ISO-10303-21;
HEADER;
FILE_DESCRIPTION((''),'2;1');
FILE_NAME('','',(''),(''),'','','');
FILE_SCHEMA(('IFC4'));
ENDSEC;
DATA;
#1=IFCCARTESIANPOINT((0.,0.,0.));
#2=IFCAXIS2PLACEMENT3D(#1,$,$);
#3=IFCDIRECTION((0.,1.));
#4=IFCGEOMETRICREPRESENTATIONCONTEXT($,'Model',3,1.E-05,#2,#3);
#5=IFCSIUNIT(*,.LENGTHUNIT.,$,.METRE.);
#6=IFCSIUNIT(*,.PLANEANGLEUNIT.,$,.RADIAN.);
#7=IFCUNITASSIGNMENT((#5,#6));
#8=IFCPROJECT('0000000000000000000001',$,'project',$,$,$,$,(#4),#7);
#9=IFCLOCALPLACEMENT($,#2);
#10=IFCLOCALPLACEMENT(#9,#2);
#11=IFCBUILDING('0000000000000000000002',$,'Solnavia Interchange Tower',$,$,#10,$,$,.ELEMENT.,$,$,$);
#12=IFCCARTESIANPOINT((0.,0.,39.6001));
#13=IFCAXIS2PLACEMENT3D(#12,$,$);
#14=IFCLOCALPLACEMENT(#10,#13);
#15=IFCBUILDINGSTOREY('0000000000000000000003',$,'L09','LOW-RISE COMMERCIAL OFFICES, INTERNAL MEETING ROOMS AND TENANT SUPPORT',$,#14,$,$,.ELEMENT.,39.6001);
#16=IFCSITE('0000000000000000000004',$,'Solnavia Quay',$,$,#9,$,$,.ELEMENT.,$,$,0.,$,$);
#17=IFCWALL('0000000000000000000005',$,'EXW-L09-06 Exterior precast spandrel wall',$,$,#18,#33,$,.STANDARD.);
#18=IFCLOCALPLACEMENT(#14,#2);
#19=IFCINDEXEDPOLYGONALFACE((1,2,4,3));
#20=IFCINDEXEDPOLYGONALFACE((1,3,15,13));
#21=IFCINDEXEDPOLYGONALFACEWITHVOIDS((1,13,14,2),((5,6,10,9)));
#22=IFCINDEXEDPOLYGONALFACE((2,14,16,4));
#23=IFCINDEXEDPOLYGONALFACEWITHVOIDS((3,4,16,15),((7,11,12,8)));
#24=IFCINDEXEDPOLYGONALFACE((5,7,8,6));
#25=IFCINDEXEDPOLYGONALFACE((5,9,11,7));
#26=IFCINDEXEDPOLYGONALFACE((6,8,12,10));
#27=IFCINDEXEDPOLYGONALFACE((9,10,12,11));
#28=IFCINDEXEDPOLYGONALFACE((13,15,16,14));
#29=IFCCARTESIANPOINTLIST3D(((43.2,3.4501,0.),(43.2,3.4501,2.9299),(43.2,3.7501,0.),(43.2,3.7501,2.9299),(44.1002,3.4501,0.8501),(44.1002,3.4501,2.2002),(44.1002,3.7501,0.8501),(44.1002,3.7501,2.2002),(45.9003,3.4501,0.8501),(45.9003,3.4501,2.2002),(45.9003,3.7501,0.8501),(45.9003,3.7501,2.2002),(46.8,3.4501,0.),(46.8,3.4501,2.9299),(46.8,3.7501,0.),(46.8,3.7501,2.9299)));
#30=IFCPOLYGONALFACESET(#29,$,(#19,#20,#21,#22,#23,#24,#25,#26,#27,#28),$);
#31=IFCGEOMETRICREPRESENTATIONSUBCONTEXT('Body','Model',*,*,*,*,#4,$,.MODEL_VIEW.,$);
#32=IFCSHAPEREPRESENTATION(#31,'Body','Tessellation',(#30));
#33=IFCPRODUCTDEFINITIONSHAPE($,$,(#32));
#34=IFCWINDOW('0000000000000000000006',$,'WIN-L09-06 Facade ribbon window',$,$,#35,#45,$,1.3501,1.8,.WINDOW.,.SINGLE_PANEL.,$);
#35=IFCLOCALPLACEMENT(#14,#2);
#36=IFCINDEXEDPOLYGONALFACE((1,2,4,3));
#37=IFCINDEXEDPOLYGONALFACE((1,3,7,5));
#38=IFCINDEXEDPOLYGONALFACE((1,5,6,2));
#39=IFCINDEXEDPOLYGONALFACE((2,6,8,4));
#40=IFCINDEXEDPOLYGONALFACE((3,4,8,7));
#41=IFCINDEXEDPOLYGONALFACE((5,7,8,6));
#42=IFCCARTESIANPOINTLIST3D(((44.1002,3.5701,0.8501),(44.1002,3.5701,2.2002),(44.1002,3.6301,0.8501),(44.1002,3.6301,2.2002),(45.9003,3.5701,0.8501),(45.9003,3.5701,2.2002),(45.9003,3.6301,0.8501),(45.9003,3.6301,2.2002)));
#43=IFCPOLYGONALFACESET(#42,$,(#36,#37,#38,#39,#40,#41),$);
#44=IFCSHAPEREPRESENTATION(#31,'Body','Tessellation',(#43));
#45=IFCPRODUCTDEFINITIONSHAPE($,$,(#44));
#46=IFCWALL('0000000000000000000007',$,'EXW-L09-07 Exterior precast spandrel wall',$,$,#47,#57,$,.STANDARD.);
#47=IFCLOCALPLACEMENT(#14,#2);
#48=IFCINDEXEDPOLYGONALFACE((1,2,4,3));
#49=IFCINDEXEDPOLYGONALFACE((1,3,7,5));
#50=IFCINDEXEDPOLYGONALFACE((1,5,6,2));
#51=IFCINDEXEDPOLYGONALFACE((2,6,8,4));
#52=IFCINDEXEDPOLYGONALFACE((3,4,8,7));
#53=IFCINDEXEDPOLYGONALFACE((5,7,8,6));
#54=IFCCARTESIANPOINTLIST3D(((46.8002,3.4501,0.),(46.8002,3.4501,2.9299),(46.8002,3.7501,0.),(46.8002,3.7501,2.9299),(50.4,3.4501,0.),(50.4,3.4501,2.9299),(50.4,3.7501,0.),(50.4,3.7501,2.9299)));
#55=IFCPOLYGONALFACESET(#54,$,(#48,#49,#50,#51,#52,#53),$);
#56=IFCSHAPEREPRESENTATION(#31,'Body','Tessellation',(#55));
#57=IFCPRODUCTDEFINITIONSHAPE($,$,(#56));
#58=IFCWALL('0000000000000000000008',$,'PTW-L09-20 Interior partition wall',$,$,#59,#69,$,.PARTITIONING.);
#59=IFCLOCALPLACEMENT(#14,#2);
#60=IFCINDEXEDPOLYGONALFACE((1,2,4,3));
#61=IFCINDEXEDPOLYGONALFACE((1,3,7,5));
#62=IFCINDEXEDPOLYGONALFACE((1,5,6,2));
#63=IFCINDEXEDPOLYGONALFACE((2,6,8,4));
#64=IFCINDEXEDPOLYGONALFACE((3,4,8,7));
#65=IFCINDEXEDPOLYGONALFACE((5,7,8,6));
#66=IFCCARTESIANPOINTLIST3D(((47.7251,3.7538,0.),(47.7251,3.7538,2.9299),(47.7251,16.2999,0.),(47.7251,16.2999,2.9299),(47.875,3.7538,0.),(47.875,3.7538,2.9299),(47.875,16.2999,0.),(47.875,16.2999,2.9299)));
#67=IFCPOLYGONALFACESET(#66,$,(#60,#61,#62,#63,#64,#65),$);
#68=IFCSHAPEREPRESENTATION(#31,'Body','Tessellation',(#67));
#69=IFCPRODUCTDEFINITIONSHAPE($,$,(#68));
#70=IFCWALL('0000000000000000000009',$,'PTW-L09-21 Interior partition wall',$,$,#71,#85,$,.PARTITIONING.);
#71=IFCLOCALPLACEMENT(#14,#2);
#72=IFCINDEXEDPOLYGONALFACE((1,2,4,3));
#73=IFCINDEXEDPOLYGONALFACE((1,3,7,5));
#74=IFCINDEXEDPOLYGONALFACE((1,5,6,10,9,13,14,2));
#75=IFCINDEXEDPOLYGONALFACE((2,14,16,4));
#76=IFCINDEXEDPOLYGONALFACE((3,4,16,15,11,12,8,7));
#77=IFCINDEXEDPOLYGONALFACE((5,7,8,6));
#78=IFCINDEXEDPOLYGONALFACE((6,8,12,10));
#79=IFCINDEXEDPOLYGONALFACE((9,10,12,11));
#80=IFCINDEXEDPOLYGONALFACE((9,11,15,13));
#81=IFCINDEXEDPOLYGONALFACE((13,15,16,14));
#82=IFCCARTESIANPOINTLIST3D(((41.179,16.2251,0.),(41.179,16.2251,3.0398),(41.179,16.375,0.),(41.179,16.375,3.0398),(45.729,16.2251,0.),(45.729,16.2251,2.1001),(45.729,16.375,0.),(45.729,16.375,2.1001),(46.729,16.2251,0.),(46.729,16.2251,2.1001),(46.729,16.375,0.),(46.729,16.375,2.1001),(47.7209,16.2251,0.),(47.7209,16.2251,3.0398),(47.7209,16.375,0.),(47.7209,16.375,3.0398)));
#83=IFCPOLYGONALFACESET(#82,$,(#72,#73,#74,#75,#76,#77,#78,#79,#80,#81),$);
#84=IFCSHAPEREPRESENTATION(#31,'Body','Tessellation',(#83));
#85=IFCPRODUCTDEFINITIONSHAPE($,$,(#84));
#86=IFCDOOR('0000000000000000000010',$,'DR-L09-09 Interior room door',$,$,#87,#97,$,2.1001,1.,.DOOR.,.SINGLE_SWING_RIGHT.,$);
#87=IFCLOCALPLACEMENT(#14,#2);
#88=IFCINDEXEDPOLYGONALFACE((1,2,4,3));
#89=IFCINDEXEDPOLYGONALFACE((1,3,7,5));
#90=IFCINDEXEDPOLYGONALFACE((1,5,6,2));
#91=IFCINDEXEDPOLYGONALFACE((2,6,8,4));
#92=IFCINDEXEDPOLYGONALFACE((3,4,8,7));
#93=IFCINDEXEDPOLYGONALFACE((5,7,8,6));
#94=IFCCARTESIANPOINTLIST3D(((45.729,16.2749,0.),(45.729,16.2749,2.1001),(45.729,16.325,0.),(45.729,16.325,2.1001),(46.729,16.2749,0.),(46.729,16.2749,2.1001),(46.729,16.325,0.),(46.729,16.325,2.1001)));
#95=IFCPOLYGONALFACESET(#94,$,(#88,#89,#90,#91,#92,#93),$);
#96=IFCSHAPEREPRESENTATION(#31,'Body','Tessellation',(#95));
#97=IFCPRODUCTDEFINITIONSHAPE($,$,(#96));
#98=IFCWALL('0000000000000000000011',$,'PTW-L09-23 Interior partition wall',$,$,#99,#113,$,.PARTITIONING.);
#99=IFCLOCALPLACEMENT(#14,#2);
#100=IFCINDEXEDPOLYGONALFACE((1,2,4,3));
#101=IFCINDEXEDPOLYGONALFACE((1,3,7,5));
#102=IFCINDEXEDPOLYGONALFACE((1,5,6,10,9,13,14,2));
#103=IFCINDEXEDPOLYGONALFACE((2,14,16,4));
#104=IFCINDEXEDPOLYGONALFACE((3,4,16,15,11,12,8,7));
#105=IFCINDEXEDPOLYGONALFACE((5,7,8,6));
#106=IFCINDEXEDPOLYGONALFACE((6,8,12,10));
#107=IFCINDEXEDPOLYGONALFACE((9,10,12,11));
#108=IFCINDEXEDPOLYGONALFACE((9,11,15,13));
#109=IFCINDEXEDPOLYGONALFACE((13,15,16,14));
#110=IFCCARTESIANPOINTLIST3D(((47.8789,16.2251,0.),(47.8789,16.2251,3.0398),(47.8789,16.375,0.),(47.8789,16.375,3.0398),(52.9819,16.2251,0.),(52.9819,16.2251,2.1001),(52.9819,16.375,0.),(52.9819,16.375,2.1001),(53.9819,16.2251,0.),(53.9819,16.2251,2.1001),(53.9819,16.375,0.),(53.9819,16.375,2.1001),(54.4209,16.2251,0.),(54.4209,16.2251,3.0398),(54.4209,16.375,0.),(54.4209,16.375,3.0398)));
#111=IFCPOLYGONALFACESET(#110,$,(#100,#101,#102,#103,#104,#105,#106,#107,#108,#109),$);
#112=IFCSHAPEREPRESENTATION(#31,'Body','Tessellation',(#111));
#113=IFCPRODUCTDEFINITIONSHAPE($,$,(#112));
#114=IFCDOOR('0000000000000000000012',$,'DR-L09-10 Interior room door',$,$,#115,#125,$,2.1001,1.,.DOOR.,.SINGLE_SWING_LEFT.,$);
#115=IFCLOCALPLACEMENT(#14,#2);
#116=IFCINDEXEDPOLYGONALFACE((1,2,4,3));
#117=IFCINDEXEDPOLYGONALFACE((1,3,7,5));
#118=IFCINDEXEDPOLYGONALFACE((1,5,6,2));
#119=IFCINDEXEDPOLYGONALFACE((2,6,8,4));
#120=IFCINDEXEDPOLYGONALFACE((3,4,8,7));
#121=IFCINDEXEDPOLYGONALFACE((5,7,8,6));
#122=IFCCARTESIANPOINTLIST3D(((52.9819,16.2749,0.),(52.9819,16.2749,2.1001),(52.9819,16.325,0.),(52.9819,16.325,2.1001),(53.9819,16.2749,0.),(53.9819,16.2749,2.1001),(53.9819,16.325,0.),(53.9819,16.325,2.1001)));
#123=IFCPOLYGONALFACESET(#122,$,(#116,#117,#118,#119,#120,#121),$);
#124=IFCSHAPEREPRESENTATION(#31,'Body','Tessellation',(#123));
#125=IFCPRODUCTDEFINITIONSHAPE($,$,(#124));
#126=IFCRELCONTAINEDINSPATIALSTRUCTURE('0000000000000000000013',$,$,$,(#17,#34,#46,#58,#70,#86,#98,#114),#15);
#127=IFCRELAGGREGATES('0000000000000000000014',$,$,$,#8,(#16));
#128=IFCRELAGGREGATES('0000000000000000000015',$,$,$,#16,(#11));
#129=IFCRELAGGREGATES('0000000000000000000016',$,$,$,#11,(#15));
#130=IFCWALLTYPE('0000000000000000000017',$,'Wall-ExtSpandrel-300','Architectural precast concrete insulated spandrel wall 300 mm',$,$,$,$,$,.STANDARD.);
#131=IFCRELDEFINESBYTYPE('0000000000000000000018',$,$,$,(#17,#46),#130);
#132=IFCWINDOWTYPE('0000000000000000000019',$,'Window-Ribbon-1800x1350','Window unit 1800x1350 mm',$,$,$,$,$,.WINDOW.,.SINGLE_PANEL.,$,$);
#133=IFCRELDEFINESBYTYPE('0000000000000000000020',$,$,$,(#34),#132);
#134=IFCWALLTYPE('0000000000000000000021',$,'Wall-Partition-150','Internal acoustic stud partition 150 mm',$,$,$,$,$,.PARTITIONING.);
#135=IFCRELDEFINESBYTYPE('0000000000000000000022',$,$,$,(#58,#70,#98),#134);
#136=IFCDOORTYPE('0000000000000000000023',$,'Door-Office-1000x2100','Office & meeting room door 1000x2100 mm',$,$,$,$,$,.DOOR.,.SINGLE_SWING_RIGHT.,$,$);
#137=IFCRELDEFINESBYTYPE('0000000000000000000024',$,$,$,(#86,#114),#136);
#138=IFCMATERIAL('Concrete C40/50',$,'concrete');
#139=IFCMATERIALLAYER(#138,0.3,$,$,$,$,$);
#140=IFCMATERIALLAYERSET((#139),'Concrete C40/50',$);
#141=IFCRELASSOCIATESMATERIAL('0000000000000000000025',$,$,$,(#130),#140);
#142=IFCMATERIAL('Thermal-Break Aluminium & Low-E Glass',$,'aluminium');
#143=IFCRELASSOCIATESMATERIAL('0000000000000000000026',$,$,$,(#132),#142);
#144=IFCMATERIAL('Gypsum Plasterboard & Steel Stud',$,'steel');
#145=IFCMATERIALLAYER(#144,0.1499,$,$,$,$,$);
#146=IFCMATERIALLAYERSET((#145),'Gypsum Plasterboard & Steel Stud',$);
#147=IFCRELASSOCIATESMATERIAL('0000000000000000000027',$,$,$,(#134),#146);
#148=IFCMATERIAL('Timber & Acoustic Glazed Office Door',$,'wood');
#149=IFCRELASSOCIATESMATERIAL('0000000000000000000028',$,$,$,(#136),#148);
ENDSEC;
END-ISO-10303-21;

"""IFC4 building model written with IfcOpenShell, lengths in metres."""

from ifc_helpers import new_model, si_unit, direction, frame, frame_2d, origin, place, context, subcontext, project, spatial, rectangle, extrude, material, layer, layer_set, type_object, element, fill, save


model = new_model("IFC4")

# Units and contexts
model_context = context("Model", 3, precision=1e-05, world=origin(), true_north=direction((0.0, 1.0)))
body_context = subcontext(model_context, "Body", "Model", "MODEL_VIEW")
ifc_project = project(units=[si_unit("LENGTHUNIT", "METRE"), si_unit("PLANEANGLEUNIT", "RADIAN")], contexts=[model_context])

# Site, building, storey
site_placement = place(None, origin())
site = spatial("IfcSite", under=ifc_project, at=site_placement, Name="Solnavia Quay", CompositionType="ELEMENT", RefElevation=0.0)
building_placement = place(site_placement, origin())
building = spatial("IfcBuilding", under=site, at=building_placement, Name="Solnavia Interchange Tower", CompositionType="ELEMENT")
storey_placement = place(building_placement, frame((0.0, 0.0, 39.6001)))
storey = spatial("IfcBuildingStorey", under=building, at=storey_placement, Name="L09", Description="LOW-RISE COMMERCIAL OFFICES, INTERNAL MEETING ROOMS AND TENANT SUPPORT", CompositionType="ELEMENT", Elevation=39.6001)

# Shared definitions
ifc_material_1 = material(Name="Concrete C40/50", Category="concrete")
ifc_layer_1 = layer(ifc_material_1, 0.3)
ifc_layer_set_1 = layer_set([ifc_layer_1], Name="Concrete C40/50")
wall_type_1 = type_object("IfcWallType", Name="Wall-ExtSpandrel-300", Description="Architectural precast concrete insulated spandrel wall 300 mm", PredefinedType="STANDARD", material=ifc_layer_set_1)

# Wall, opening, window
wall_1_placement = place(storey_placement, frame((46.8, 3.6001, 0.0), z_axis=(0.0, 0.0, 1.0), x_axis=(-1.0, 0.0, 0.0)))
wall_1 = element("IfcWall", 1, at=wall_1_placement, inside=storey, type_object=wall_type_1, Name="EXW-L09-06 Exterior precast spandrel wall", PredefinedType="STANDARD", context=body_context, shape_type="SweptSolid", body=[
    extrude(rectangle(XDim=3.6001, YDim=0.3, at=frame_2d((1.8, 0.0))), origin(), (0.0, 0.0, 1.0), 2.9299),
])
opening_1_placement = place(wall_1_placement, frame((0.8999, 0.0, 0.8501)))
opening_1 = element("IfcOpeningElement", 2, at=opening_1_placement, cuts=wall_1, PredefinedType="OPENING", context=body_context, shape_type="SweptSolid", body=[
    extrude(rectangle(XDim=1.8, YDim=1.3501, at=frame_2d((0.8999, 0.675))), frame((0.0, 0.1602, 0.0), z_axis=(0.0, -1.0, 0.0), x_axis=(1.0, 0.0, 0.0)), (0.0, 0.0, 1.0), 0.3201),
])
ifc_material_2 = material(Name="Thermal-Break Aluminium & Low-E Glass", Category="aluminium")
window_type = type_object("IfcWindowType", Name="Window-Ribbon-1800x1350", Description="Window unit 1800x1350 mm", PartitioningType="SINGLE_PANEL", PredefinedType="WINDOW", material=ifc_material_2)
window_placement = place(opening_1_placement, origin())
window = element("IfcWindow", 3, at=window_placement, inside=storey, type_object=window_type, Name="WIN-L09-06 Facade ribbon window", OverallHeight=1.3501, OverallWidth=1.8, PartitioningType="SINGLE_PANEL", PredefinedType="WINDOW", context=body_context, shape_type="SweptSolid", body=[
    extrude(rectangle(XDim=1.8, YDim=1.3501, at=frame_2d((0.8999, 0.675))), frame((0.0, 0.03, 0.0), z_axis=(0.0, -1.0, 0.0), x_axis=(1.0, 0.0, 0.0)), (0.0, 0.0, 1.0), 0.0601),
])
fill(opening_1, window)

# Walls
wall_2_placement = place(storey_placement, frame((50.3999, 3.6001, 0.0), z_axis=(0.0, 0.0, 1.0), x_axis=(-1.0, 0.0, 0.0)))
element("IfcWall", 4, at=wall_2_placement, inside=storey, type_object=wall_type_1, Name="EXW-L09-07 Exterior precast spandrel wall", PredefinedType="STANDARD", context=body_context, shape_type="SweptSolid", body=[
    extrude(rectangle(XDim=3.5999, YDim=0.3, at=frame_2d((1.7998, 0.0))), origin(), (0.0, 0.0, 1.0), 2.9299),
])
ifc_material_3 = material(Name="Gypsum Plasterboard & Steel Stud", Category="steel")
ifc_layer_2 = layer(ifc_material_3, 0.1499)
ifc_layer_set_2 = layer_set([ifc_layer_2], Name="Gypsum Plasterboard & Steel Stud")
wall_type_2 = type_object("IfcWallType", Name="Wall-Partition-150", Description="Internal acoustic stud partition 150 mm", PredefinedType="PARTITIONING", material=ifc_layer_set_2)
wall_3_placement = place(storey_placement, frame((47.8, 3.7539, 0.0), z_axis=(0.0, 0.0, 1.0), x_axis=(0.0, 1.0, 0.0)))
element("IfcWall", 5, at=wall_3_placement, inside=storey, type_object=wall_type_2, Name="PTW-L09-20 Interior partition wall", PredefinedType="PARTITIONING", context=body_context, shape_type="SweptSolid", body=[
    extrude(rectangle(XDim=12.5461, YDim=0.1499, at=frame_2d((6.2729, 0.0))), origin(), (0.0, 0.0, 1.0), 2.9299),
])

# Walls, openings, doors
wall_4_placement = place(storey_placement, frame((41.179, 16.3, 0.0), z_axis=(0.0, 0.0, 1.0), x_axis=(1.0, 0.0, 0.0)))
wall_4 = element("IfcWall", 6, at=wall_4_placement, inside=storey, type_object=wall_type_2, Name="PTW-L09-21 Interior partition wall", PredefinedType="PARTITIONING", context=body_context, shape_type="SweptSolid", body=[
    extrude(rectangle(XDim=6.542, YDim=0.1499, at=frame_2d((3.271, 0.0))), origin(), (0.0, 0.0, 1.0), 3.0398),
])
opening_2_placement = place(wall_4_placement, frame((4.55, 0.0, 0.0)))
opening_2 = element("IfcOpeningElement", 7, at=opening_2_placement, cuts=wall_4, PredefinedType="OPENING", context=body_context, shape_type="SweptSolid", body=[
    extrude(rectangle(XDim=1.0, YDim=2.1001, at=frame_2d((0.5, 1.05))), frame((0.0, 0.085, 0.0), z_axis=(0.0, -1.0, 0.0), x_axis=(1.0, 0.0, 0.0)), (0.0, 0.0, 1.0), 0.1699),
])
ifc_material_4 = material(Name="Timber & Acoustic Glazed Office Door", Category="wood")
door_type = type_object("IfcDoorType", Name="Door-Office-1000x2100", Description="Office & meeting room door 1000x2100 mm", OperationType="SINGLE_SWING_RIGHT", PredefinedType="DOOR", material=ifc_material_4)
door_1_placement = place(opening_2_placement, origin())
door_1 = element("IfcDoor", 8, at=door_1_placement, inside=storey, type_object=door_type, Name="DR-L09-09 Interior room door", OperationType="SINGLE_SWING_RIGHT", OverallHeight=2.1001, OverallWidth=1.0, PredefinedType="DOOR", context=body_context, shape_type="SweptSolid", body=[
    extrude(rectangle(XDim=1.0, YDim=2.1001, at=frame_2d((0.5, 1.05))), frame((0.0, 0.0249, 0.0), z_axis=(0.0, -1.0, 0.0), x_axis=(1.0, 0.0, 0.0)), (0.0, 0.0, 1.0), 0.05),
])
fill(opening_2, door_1)
wall_5_placement = place(storey_placement, frame((47.8789, 16.3, 0.0), z_axis=(0.0, 0.0, 1.0), x_axis=(1.0, 0.0, 0.0)))
wall_5 = element("IfcWall", 9, at=wall_5_placement, inside=storey, type_object=wall_type_2, Name="PTW-L09-23 Interior partition wall", PredefinedType="PARTITIONING", context=body_context, shape_type="SweptSolid", body=[
    extrude(rectangle(XDim=6.542, YDim=0.1499, at=frame_2d((3.271, 0.0))), origin(), (0.0, 0.0, 1.0), 3.0398),
])
opening_3_placement = place(wall_5_placement, frame((5.103, 0.0, 0.0)))
opening_3 = element("IfcOpeningElement", 10, at=opening_3_placement, cuts=wall_5, PredefinedType="OPENING", context=body_context, shape_type="SweptSolid", body=[
    extrude(rectangle(XDim=1.0, YDim=2.1001, at=frame_2d((0.5, 1.05))), frame((0.0, 0.085, 0.0), z_axis=(0.0, -1.0, 0.0), x_axis=(1.0, 0.0, 0.0)), (0.0, 0.0, 1.0), 0.1699),
])
door_2_placement = place(opening_3_placement, origin())
door_2 = element("IfcDoor", 11, at=door_2_placement, inside=storey, type_object=door_type, Name="DR-L09-10 Interior room door", OperationType="SINGLE_SWING_LEFT", OverallHeight=2.1001, OverallWidth=1.0, PredefinedType="DOOR", context=body_context, shape_type="SweptSolid", body=[
    extrude(rectangle(XDim=1.0, YDim=2.1001, at=frame_2d((0.5, 1.05))), frame((0.0, 0.0249, 0.0), z_axis=(0.0, -1.0, 0.0), x_axis=(1.0, 0.0, 0.0)), (0.0, 0.0, 1.0), 0.05),
])
fill(opening_3, door_2)

save(model, "model.ifc")
